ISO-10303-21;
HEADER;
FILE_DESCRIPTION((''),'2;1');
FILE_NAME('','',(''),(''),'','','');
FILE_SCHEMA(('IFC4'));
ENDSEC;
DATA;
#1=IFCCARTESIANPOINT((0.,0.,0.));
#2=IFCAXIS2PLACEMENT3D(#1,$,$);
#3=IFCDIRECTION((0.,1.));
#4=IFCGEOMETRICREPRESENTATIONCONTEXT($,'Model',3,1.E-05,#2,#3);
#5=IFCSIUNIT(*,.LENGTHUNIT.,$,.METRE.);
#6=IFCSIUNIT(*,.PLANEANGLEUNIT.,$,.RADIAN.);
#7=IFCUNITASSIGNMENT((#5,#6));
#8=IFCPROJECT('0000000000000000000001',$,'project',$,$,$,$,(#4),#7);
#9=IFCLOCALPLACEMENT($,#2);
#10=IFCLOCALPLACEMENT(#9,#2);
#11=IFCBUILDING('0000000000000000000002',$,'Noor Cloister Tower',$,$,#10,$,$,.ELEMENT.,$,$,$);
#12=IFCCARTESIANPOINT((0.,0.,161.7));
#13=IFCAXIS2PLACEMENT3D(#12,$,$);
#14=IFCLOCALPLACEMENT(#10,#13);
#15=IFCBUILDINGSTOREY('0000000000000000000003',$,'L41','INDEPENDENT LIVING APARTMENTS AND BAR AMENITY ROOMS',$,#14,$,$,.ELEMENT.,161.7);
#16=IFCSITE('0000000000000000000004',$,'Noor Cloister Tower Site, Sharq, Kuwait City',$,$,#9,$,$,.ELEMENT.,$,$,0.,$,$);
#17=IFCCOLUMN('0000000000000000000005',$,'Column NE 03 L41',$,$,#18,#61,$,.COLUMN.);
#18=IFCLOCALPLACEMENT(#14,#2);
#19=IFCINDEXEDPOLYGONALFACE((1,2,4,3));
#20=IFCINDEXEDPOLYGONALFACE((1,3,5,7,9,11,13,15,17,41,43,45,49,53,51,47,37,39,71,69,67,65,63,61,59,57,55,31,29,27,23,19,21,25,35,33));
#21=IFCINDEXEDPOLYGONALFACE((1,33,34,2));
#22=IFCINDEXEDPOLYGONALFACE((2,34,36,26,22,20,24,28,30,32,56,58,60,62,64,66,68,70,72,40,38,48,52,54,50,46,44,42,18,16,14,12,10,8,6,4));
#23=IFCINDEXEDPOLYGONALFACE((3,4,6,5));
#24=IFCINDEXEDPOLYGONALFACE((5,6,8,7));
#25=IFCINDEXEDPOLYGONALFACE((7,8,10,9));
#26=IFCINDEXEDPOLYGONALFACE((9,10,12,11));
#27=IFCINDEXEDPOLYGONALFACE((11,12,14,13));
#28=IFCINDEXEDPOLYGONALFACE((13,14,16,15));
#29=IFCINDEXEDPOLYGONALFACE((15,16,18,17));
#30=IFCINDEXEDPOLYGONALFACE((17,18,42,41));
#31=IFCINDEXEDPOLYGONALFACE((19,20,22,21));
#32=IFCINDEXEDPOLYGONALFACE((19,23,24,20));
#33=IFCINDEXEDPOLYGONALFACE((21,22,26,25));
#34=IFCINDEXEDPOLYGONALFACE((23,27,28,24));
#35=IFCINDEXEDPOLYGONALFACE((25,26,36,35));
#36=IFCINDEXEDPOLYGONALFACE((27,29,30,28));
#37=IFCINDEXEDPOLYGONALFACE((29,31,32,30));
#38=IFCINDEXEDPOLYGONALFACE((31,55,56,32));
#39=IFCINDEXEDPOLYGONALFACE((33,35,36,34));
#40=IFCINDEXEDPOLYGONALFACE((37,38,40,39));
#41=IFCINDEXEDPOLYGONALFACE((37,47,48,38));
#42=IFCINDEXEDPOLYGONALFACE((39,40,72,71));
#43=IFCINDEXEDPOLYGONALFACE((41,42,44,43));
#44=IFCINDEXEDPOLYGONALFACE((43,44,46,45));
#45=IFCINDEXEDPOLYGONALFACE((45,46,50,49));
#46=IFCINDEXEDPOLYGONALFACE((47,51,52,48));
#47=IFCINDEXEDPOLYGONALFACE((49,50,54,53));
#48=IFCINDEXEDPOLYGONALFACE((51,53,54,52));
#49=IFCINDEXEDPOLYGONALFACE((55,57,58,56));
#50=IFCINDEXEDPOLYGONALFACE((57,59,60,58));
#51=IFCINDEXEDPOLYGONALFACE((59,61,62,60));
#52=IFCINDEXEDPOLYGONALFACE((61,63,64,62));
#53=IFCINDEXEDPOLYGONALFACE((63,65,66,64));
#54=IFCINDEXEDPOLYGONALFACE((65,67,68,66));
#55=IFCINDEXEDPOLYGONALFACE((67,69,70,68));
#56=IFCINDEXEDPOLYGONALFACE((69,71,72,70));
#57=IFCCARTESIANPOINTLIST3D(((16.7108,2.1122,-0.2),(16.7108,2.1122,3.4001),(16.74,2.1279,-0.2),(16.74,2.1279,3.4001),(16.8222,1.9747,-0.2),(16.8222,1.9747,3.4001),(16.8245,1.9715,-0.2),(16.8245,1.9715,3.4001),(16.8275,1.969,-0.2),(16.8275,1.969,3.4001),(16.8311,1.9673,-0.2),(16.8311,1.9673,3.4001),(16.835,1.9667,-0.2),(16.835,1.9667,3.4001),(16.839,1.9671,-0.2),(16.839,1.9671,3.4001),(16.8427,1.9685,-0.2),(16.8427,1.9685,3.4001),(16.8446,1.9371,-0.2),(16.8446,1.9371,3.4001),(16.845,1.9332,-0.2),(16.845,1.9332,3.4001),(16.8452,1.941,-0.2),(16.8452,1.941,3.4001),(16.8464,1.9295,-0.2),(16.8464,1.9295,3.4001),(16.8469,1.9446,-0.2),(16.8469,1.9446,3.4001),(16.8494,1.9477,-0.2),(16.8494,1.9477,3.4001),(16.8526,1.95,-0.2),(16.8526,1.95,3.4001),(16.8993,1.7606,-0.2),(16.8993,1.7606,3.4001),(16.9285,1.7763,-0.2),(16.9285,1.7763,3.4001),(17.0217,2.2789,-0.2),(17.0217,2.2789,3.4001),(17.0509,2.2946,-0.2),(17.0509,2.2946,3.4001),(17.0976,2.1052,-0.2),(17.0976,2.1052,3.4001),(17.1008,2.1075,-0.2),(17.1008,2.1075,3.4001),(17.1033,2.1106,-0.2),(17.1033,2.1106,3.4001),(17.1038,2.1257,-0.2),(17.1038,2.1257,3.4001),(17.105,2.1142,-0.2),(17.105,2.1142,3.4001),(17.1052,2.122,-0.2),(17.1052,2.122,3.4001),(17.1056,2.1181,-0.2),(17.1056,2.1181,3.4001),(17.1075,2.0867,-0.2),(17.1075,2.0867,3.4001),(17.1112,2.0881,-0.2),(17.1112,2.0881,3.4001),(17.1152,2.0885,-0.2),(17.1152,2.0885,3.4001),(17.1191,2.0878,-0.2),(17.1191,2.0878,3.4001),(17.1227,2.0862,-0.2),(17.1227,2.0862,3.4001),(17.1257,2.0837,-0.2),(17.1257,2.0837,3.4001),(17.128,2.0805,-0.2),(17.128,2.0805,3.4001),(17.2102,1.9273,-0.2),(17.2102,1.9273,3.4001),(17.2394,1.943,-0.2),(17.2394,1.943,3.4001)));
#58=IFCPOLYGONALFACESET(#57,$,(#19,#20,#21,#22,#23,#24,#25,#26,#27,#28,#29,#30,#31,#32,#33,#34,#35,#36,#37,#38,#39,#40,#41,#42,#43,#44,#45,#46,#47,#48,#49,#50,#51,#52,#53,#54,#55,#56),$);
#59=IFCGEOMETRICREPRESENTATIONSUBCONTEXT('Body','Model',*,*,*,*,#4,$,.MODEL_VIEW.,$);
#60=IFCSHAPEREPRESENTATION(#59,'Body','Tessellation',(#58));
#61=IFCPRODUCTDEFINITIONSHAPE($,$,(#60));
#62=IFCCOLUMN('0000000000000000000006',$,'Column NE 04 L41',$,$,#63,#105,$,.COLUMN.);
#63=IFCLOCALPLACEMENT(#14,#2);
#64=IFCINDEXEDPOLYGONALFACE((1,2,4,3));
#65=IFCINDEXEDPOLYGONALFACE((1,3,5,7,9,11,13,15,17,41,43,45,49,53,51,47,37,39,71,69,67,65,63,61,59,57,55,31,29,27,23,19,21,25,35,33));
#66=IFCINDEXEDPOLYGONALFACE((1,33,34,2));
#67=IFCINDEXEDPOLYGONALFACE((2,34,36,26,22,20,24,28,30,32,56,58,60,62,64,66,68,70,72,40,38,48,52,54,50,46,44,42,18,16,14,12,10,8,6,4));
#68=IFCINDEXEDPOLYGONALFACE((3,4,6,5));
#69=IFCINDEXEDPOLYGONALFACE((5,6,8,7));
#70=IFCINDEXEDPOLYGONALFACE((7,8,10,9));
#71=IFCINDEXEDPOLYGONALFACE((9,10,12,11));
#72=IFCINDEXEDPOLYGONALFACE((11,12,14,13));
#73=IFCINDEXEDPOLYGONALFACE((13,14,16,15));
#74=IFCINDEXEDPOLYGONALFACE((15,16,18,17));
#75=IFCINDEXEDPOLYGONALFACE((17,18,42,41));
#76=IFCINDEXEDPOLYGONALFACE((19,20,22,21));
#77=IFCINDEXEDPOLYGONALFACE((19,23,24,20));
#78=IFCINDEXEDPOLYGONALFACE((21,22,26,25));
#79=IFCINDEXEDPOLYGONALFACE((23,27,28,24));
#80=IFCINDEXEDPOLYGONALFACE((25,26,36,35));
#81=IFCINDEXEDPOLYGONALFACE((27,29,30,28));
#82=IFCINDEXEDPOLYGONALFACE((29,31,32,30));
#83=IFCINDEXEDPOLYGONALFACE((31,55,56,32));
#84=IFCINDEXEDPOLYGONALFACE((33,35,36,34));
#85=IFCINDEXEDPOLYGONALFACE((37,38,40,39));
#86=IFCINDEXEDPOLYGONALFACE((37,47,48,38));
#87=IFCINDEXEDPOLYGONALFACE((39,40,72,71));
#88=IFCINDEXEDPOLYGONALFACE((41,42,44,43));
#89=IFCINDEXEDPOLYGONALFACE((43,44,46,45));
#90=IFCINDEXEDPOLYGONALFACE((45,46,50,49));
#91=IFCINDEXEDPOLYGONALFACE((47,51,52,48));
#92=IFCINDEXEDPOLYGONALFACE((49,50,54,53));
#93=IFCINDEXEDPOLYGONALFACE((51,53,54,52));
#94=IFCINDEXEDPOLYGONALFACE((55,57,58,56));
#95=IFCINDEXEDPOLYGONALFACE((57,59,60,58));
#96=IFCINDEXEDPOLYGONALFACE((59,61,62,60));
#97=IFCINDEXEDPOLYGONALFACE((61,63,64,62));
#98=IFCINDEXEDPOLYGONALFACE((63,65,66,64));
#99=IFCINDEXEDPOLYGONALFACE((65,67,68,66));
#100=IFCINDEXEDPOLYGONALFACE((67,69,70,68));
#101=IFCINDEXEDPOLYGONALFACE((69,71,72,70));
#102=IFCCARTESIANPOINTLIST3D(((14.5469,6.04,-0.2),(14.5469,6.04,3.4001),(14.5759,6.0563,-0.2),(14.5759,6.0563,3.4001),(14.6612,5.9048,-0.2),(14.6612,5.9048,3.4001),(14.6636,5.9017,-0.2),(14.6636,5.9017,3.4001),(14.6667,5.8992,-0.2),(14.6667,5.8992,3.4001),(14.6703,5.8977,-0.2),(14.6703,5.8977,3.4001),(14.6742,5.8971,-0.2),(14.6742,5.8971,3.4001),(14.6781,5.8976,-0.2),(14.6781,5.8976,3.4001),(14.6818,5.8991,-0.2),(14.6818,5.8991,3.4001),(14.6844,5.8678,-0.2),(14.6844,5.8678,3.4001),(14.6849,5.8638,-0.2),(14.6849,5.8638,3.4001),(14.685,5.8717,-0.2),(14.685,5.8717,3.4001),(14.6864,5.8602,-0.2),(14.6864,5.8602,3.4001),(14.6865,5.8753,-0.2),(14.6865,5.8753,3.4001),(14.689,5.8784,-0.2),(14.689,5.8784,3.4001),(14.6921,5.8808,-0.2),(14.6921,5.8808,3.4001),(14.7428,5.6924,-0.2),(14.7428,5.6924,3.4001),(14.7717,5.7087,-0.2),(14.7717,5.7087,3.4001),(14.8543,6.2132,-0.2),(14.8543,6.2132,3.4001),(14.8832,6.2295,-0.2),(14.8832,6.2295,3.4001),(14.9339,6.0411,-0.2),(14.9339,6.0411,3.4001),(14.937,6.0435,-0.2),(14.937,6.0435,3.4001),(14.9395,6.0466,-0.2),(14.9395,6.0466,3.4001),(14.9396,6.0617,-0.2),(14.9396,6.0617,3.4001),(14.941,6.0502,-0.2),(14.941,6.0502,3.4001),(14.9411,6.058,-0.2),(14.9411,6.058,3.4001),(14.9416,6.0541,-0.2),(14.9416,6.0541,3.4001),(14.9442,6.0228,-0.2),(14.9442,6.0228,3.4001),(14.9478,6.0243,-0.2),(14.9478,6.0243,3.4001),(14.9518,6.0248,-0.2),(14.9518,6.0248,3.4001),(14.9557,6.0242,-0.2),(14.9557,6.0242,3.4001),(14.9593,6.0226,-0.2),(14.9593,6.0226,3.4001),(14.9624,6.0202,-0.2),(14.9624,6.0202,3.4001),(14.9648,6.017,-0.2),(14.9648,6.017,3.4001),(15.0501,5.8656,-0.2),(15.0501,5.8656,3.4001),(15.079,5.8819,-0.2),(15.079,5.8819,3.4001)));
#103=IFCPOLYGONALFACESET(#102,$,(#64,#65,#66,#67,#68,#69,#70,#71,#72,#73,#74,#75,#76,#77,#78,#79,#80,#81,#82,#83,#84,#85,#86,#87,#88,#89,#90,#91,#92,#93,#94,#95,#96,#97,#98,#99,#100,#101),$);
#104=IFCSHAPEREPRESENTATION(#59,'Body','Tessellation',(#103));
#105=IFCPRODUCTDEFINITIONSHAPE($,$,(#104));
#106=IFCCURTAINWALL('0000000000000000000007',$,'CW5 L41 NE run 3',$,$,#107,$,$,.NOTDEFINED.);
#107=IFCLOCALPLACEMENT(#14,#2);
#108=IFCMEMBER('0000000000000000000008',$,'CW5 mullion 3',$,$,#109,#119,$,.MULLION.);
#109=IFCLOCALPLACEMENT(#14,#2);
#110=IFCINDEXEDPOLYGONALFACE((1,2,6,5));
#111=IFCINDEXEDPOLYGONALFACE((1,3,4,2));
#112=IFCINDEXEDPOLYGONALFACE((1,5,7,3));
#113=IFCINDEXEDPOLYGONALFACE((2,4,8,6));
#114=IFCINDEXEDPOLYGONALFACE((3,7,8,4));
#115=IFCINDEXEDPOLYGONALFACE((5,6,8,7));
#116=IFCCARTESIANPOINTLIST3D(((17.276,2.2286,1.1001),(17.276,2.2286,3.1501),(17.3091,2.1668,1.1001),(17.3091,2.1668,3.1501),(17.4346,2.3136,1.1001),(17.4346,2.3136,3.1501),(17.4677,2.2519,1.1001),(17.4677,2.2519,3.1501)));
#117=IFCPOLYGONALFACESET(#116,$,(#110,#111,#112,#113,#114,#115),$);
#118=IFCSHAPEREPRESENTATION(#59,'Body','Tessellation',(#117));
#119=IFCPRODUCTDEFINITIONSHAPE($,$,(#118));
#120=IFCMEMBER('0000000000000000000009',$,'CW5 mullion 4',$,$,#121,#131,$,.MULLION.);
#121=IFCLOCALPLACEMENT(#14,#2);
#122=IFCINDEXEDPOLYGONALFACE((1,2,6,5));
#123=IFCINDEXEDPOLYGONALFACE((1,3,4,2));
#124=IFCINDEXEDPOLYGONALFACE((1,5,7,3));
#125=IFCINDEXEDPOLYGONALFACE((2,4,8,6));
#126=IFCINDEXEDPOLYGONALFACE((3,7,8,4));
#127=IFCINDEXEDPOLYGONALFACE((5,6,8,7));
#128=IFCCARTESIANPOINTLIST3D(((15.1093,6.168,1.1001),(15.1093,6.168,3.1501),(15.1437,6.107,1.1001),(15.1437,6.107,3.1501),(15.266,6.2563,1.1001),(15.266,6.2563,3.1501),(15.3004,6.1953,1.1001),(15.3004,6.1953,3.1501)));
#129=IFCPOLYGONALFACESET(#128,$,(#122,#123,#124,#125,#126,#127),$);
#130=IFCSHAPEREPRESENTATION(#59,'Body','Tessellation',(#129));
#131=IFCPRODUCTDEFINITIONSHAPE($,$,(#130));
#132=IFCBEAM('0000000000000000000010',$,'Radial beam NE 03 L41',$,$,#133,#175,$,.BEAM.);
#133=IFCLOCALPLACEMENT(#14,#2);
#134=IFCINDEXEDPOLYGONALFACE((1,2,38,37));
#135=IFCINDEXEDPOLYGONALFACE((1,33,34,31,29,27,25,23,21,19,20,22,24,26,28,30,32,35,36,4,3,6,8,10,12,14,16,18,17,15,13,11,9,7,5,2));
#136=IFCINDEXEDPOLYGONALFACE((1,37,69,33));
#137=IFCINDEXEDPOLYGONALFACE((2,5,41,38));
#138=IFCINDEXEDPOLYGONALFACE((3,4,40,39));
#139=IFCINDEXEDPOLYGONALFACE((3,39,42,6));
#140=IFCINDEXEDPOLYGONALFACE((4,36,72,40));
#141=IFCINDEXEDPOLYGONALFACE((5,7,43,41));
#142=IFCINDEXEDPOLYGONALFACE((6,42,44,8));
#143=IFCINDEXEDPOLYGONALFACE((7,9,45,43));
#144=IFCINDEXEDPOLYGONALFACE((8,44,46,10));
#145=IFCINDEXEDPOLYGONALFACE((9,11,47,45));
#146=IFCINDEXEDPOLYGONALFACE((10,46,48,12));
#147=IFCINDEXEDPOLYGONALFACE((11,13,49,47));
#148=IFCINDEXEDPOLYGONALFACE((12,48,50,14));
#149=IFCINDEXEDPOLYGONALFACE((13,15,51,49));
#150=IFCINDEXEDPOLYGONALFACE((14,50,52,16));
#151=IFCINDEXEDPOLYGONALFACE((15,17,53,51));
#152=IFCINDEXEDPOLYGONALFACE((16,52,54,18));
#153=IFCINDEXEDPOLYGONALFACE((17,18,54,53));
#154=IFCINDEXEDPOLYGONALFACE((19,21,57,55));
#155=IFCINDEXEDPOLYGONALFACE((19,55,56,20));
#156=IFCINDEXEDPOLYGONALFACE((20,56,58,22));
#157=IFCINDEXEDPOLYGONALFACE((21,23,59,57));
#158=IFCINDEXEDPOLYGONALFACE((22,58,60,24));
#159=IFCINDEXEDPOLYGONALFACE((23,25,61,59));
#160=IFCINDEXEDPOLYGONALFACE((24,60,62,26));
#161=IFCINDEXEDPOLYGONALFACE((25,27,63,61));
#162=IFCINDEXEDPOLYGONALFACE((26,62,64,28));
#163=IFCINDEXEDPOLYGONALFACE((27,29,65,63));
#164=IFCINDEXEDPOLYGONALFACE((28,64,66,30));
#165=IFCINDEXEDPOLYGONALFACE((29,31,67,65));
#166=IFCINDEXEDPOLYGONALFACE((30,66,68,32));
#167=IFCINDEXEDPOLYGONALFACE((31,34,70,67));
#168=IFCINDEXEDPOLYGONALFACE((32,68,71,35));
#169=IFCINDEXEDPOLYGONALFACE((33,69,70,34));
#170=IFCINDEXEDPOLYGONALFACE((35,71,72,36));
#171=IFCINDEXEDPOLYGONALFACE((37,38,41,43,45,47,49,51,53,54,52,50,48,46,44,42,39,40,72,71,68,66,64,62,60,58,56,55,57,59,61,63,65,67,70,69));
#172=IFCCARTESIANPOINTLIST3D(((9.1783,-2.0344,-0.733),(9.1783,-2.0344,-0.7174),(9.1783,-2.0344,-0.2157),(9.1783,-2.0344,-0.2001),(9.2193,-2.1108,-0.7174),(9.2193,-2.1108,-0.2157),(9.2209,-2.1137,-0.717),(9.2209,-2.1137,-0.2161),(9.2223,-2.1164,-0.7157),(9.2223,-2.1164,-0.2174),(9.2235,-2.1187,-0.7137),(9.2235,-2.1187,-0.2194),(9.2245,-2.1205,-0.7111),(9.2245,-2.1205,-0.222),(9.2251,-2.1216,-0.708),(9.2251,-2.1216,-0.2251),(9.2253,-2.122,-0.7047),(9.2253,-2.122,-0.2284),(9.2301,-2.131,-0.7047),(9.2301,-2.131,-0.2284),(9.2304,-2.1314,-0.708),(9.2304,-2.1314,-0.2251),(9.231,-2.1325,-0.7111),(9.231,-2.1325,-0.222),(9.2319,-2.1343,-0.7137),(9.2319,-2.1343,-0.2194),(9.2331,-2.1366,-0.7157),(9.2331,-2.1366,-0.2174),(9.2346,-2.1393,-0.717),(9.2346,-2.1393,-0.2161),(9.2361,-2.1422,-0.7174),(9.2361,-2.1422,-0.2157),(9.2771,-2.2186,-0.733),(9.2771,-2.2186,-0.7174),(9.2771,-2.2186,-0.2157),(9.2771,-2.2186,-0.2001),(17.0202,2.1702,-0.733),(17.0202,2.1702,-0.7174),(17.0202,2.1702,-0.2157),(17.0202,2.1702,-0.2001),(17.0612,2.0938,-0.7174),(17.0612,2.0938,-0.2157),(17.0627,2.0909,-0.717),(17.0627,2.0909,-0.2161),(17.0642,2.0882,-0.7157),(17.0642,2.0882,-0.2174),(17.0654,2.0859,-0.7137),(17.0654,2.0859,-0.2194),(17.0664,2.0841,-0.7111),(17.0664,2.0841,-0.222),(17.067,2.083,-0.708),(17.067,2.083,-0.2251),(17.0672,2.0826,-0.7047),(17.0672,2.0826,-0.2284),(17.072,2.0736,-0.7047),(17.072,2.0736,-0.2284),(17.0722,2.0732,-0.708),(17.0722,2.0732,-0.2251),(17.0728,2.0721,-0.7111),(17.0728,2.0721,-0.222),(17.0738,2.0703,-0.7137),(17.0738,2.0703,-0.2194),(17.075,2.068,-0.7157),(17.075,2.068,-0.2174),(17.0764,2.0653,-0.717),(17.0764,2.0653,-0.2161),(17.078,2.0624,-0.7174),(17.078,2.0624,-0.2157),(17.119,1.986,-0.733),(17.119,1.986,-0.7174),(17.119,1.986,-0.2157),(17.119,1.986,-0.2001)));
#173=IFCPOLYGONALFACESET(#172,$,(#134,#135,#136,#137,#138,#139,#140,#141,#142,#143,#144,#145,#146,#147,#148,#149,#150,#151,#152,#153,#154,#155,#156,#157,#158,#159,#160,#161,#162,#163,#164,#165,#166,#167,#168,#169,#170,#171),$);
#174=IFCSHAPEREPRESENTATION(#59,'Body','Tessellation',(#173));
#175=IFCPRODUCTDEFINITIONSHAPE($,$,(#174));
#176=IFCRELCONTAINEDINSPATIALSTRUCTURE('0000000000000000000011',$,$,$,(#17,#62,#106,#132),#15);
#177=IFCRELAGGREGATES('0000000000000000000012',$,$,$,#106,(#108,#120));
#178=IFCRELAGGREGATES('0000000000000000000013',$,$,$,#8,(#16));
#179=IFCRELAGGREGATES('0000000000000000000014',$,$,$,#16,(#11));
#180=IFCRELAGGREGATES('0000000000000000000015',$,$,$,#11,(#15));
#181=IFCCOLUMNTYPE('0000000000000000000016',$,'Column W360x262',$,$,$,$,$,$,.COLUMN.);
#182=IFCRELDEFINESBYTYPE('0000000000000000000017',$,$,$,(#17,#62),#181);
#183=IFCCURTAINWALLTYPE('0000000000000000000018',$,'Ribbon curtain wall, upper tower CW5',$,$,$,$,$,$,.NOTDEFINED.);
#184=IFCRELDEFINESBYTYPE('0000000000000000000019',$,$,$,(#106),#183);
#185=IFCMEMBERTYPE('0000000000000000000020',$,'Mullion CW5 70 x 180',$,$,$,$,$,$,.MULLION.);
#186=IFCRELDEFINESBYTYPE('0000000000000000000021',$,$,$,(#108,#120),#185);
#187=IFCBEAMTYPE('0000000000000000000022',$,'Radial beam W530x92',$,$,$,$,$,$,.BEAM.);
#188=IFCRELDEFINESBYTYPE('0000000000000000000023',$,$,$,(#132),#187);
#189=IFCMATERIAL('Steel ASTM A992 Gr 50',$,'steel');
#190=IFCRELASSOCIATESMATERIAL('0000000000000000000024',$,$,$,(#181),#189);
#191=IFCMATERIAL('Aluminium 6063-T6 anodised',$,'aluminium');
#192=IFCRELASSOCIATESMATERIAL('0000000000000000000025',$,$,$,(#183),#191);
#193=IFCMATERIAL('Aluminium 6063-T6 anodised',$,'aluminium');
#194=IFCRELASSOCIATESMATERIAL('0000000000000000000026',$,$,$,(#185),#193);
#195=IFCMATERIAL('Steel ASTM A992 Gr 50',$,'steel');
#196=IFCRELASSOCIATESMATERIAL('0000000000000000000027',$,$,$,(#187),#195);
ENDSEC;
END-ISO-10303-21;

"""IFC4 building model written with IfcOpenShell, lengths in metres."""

from ifc_helpers import new_model, si_unit, direction, frame, origin, origin_2d, place, context, subcontext, project, spatial, rectangle, i_section, extrude, material, material_profile, profile_set, type_object, element, aggregate, save


model = new_model("IFC4")

# Units and contexts
model_context = context("Model", 3, precision=1e-05, world=origin(), true_north=direction((0.0, 1.0)))
body_context = subcontext(model_context, "Body", "Model", "MODEL_VIEW")
ifc_project = project(units=[si_unit("LENGTHUNIT", "METRE"), si_unit("PLANEANGLEUNIT", "RADIAN")], contexts=[model_context])

# Site, building, storey
site_placement = place(None, origin())
site = spatial("IfcSite", under=ifc_project, at=site_placement, Name="Noor Cloister Tower Site, Sharq, Kuwait City", CompositionType="ELEMENT", RefElevation=0.0)
building_placement = place(site_placement, origin())
building = spatial("IfcBuilding", under=site, at=building_placement, Name="Noor Cloister Tower", CompositionType="ELEMENT")
storey_placement = place(building_placement, frame((0.0, 0.0, 161.7)))
storey = spatial("IfcBuildingStorey", under=building, at=storey_placement, Name="L41", Description="INDEPENDENT LIVING APARTMENTS AND BAR AMENITY ROOMS", CompositionType="ELEMENT", Elevation=161.7)

# Columns
ifc_material_1 = material(Name="Steel ASTM A992 Gr 50", Category="steel")
ifc_material_profile_1 = material_profile(ifc_material_1, i_section(OverallWidth=0.3989, OverallDepth=0.386, WebThickness=0.021, FlangeThickness=0.0332, FilletRadius=0.0151, at=origin_2d()), Name="W360x262")
ifc_profile_set_1 = profile_set([ifc_material_profile_1], Name="Steel ASTM A992 Gr 50")
column_type = type_object("IfcColumnType", Name="Column W360x262", PredefinedType="COLUMN", material=ifc_profile_set_1)
for number, where, z_axis, x_axis, name in (
    (1, (16.9751, 2.0276, -0.2), (0.0, 0.0, 1.0), (-0.472548, 0.881305, 0.0), "Column NE 03 L41"),
    (2, (14.813, 5.9609, -0.2), (0.0, 0.0, 1.0), (-0.490903, 0.871214, 0.0), "Column NE 04 L41"),
):
    element("IfcColumn", number, at=place(storey_placement, frame(where, z_axis=z_axis, x_axis=x_axis)), inside=storey, type_object=column_type, Name=name, PredefinedType="COLUMN", context=body_context, shape_type="SweptSolid", body=[
        extrude(i_section(OverallWidth=0.3989, OverallDepth=0.386, WebThickness=0.021, FlangeThickness=0.0332, FilletRadius=0.0151, at=origin_2d()), origin(), (0.0, 0.0, 1.0), 3.6001),
    ])

# Curtain wall, members
ifc_material_2 = material(Name="Aluminium 6063-T6 anodised", Category="aluminium")
curtain_wall_type = type_object("IfcCurtainWallType", Name="Ribbon curtain wall, upper tower CW5", PredefinedType="NOTDEFINED", material=ifc_material_2)
curtain_wall_placement = place(storey_placement, origin())
curtain_wall = element("IfcCurtainWall", 3, at=curtain_wall_placement, inside=storey, type_object=curtain_wall_type, Name="CW5 L41 NE run 3", PredefinedType="NOTDEFINED")
ifc_material_3 = material(Name="Aluminium 6063-T6 anodised", Category="aluminium")
ifc_material_profile_2 = material_profile(ifc_material_3, rectangle(XDim=0.1799, YDim=0.0701, at=origin_2d()), Name="180 x 70 mullion")
ifc_profile_set_2 = profile_set([ifc_material_profile_2], Name="Aluminium 6063-T6 anodised")
member_type = type_object("IfcMemberType", Name="Mullion CW5 70 x 180", PredefinedType="MULLION", material=ifc_profile_set_2)
member_1_placement = place(storey_placement, frame((17.3718, 2.2402, 1.1001), z_axis=(0.0, 0.0, 1.0), x_axis=(-0.881305, -0.472548, 0.0)))
member_1 = element("IfcMember", 4, at=member_1_placement, type_object=member_type, Name="CW5 mullion 3", PredefinedType="MULLION", context=body_context, shape_type="SweptSolid", body=[
    extrude(rectangle(XDim=0.1799, YDim=0.0701, at=origin_2d()), origin(), (0.0, 0.0, 1.0), 2.05),
])
member_2_placement = place(storey_placement, frame((15.2048, 6.1816, 1.1001), z_axis=(0.0, 0.0, 1.0), x_axis=(-0.871214, -0.490903, 0.0)))
member_2 = element("IfcMember", 5, at=member_2_placement, type_object=member_type, Name="CW5 mullion 4", PredefinedType="MULLION", context=body_context, shape_type="SweptSolid", body=[
    extrude(rectangle(XDim=0.1799, YDim=0.0701, at=origin_2d()), origin(), (0.0, 0.0, 1.0), 2.05),
])

# Beam
ifc_material_4 = material(Name="Steel ASTM A992 Gr 50", Category="steel")
ifc_material_profile_3 = material_profile(ifc_material_4, i_section(OverallWidth=0.209, OverallDepth=0.533, WebThickness=0.0103, FlangeThickness=0.0156, FilletRadius=0.0127, at=origin_2d()), Name="W530x92")
ifc_profile_set_3 = profile_set([ifc_material_profile_3], Name="Steel ASTM A992 Gr 50")
beam_type_1 = type_object("IfcBeamType", Name="Radial beam W530x92", PredefinedType="BEAM", material=ifc_profile_set_3)
beam_1_placement = place(storey_placement, frame((17.0696, 2.0781, -0.4666), z_axis=(-0.88131, -0.472538, 0.0), x_axis=(0.472538, -0.88131, 0.0)))
element("IfcBeam", 6, at=beam_1_placement, inside=storey, type_object=beam_type_1, Name="Radial beam NE 03 L41", PredefinedType="BEAM", context=body_context, shape_type="SweptSolid", body=[
    extrude(i_section(OverallWidth=0.209, OverallDepth=0.533, WebThickness=0.0103, FlangeThickness=0.0156, FilletRadius=0.0127, at=origin_2d()), origin(), (0.0, 0.0, 1.0), 8.8979),
])

aggregate(curtain_wall, [member_1, member_2])

save(model, "model.ifc")
